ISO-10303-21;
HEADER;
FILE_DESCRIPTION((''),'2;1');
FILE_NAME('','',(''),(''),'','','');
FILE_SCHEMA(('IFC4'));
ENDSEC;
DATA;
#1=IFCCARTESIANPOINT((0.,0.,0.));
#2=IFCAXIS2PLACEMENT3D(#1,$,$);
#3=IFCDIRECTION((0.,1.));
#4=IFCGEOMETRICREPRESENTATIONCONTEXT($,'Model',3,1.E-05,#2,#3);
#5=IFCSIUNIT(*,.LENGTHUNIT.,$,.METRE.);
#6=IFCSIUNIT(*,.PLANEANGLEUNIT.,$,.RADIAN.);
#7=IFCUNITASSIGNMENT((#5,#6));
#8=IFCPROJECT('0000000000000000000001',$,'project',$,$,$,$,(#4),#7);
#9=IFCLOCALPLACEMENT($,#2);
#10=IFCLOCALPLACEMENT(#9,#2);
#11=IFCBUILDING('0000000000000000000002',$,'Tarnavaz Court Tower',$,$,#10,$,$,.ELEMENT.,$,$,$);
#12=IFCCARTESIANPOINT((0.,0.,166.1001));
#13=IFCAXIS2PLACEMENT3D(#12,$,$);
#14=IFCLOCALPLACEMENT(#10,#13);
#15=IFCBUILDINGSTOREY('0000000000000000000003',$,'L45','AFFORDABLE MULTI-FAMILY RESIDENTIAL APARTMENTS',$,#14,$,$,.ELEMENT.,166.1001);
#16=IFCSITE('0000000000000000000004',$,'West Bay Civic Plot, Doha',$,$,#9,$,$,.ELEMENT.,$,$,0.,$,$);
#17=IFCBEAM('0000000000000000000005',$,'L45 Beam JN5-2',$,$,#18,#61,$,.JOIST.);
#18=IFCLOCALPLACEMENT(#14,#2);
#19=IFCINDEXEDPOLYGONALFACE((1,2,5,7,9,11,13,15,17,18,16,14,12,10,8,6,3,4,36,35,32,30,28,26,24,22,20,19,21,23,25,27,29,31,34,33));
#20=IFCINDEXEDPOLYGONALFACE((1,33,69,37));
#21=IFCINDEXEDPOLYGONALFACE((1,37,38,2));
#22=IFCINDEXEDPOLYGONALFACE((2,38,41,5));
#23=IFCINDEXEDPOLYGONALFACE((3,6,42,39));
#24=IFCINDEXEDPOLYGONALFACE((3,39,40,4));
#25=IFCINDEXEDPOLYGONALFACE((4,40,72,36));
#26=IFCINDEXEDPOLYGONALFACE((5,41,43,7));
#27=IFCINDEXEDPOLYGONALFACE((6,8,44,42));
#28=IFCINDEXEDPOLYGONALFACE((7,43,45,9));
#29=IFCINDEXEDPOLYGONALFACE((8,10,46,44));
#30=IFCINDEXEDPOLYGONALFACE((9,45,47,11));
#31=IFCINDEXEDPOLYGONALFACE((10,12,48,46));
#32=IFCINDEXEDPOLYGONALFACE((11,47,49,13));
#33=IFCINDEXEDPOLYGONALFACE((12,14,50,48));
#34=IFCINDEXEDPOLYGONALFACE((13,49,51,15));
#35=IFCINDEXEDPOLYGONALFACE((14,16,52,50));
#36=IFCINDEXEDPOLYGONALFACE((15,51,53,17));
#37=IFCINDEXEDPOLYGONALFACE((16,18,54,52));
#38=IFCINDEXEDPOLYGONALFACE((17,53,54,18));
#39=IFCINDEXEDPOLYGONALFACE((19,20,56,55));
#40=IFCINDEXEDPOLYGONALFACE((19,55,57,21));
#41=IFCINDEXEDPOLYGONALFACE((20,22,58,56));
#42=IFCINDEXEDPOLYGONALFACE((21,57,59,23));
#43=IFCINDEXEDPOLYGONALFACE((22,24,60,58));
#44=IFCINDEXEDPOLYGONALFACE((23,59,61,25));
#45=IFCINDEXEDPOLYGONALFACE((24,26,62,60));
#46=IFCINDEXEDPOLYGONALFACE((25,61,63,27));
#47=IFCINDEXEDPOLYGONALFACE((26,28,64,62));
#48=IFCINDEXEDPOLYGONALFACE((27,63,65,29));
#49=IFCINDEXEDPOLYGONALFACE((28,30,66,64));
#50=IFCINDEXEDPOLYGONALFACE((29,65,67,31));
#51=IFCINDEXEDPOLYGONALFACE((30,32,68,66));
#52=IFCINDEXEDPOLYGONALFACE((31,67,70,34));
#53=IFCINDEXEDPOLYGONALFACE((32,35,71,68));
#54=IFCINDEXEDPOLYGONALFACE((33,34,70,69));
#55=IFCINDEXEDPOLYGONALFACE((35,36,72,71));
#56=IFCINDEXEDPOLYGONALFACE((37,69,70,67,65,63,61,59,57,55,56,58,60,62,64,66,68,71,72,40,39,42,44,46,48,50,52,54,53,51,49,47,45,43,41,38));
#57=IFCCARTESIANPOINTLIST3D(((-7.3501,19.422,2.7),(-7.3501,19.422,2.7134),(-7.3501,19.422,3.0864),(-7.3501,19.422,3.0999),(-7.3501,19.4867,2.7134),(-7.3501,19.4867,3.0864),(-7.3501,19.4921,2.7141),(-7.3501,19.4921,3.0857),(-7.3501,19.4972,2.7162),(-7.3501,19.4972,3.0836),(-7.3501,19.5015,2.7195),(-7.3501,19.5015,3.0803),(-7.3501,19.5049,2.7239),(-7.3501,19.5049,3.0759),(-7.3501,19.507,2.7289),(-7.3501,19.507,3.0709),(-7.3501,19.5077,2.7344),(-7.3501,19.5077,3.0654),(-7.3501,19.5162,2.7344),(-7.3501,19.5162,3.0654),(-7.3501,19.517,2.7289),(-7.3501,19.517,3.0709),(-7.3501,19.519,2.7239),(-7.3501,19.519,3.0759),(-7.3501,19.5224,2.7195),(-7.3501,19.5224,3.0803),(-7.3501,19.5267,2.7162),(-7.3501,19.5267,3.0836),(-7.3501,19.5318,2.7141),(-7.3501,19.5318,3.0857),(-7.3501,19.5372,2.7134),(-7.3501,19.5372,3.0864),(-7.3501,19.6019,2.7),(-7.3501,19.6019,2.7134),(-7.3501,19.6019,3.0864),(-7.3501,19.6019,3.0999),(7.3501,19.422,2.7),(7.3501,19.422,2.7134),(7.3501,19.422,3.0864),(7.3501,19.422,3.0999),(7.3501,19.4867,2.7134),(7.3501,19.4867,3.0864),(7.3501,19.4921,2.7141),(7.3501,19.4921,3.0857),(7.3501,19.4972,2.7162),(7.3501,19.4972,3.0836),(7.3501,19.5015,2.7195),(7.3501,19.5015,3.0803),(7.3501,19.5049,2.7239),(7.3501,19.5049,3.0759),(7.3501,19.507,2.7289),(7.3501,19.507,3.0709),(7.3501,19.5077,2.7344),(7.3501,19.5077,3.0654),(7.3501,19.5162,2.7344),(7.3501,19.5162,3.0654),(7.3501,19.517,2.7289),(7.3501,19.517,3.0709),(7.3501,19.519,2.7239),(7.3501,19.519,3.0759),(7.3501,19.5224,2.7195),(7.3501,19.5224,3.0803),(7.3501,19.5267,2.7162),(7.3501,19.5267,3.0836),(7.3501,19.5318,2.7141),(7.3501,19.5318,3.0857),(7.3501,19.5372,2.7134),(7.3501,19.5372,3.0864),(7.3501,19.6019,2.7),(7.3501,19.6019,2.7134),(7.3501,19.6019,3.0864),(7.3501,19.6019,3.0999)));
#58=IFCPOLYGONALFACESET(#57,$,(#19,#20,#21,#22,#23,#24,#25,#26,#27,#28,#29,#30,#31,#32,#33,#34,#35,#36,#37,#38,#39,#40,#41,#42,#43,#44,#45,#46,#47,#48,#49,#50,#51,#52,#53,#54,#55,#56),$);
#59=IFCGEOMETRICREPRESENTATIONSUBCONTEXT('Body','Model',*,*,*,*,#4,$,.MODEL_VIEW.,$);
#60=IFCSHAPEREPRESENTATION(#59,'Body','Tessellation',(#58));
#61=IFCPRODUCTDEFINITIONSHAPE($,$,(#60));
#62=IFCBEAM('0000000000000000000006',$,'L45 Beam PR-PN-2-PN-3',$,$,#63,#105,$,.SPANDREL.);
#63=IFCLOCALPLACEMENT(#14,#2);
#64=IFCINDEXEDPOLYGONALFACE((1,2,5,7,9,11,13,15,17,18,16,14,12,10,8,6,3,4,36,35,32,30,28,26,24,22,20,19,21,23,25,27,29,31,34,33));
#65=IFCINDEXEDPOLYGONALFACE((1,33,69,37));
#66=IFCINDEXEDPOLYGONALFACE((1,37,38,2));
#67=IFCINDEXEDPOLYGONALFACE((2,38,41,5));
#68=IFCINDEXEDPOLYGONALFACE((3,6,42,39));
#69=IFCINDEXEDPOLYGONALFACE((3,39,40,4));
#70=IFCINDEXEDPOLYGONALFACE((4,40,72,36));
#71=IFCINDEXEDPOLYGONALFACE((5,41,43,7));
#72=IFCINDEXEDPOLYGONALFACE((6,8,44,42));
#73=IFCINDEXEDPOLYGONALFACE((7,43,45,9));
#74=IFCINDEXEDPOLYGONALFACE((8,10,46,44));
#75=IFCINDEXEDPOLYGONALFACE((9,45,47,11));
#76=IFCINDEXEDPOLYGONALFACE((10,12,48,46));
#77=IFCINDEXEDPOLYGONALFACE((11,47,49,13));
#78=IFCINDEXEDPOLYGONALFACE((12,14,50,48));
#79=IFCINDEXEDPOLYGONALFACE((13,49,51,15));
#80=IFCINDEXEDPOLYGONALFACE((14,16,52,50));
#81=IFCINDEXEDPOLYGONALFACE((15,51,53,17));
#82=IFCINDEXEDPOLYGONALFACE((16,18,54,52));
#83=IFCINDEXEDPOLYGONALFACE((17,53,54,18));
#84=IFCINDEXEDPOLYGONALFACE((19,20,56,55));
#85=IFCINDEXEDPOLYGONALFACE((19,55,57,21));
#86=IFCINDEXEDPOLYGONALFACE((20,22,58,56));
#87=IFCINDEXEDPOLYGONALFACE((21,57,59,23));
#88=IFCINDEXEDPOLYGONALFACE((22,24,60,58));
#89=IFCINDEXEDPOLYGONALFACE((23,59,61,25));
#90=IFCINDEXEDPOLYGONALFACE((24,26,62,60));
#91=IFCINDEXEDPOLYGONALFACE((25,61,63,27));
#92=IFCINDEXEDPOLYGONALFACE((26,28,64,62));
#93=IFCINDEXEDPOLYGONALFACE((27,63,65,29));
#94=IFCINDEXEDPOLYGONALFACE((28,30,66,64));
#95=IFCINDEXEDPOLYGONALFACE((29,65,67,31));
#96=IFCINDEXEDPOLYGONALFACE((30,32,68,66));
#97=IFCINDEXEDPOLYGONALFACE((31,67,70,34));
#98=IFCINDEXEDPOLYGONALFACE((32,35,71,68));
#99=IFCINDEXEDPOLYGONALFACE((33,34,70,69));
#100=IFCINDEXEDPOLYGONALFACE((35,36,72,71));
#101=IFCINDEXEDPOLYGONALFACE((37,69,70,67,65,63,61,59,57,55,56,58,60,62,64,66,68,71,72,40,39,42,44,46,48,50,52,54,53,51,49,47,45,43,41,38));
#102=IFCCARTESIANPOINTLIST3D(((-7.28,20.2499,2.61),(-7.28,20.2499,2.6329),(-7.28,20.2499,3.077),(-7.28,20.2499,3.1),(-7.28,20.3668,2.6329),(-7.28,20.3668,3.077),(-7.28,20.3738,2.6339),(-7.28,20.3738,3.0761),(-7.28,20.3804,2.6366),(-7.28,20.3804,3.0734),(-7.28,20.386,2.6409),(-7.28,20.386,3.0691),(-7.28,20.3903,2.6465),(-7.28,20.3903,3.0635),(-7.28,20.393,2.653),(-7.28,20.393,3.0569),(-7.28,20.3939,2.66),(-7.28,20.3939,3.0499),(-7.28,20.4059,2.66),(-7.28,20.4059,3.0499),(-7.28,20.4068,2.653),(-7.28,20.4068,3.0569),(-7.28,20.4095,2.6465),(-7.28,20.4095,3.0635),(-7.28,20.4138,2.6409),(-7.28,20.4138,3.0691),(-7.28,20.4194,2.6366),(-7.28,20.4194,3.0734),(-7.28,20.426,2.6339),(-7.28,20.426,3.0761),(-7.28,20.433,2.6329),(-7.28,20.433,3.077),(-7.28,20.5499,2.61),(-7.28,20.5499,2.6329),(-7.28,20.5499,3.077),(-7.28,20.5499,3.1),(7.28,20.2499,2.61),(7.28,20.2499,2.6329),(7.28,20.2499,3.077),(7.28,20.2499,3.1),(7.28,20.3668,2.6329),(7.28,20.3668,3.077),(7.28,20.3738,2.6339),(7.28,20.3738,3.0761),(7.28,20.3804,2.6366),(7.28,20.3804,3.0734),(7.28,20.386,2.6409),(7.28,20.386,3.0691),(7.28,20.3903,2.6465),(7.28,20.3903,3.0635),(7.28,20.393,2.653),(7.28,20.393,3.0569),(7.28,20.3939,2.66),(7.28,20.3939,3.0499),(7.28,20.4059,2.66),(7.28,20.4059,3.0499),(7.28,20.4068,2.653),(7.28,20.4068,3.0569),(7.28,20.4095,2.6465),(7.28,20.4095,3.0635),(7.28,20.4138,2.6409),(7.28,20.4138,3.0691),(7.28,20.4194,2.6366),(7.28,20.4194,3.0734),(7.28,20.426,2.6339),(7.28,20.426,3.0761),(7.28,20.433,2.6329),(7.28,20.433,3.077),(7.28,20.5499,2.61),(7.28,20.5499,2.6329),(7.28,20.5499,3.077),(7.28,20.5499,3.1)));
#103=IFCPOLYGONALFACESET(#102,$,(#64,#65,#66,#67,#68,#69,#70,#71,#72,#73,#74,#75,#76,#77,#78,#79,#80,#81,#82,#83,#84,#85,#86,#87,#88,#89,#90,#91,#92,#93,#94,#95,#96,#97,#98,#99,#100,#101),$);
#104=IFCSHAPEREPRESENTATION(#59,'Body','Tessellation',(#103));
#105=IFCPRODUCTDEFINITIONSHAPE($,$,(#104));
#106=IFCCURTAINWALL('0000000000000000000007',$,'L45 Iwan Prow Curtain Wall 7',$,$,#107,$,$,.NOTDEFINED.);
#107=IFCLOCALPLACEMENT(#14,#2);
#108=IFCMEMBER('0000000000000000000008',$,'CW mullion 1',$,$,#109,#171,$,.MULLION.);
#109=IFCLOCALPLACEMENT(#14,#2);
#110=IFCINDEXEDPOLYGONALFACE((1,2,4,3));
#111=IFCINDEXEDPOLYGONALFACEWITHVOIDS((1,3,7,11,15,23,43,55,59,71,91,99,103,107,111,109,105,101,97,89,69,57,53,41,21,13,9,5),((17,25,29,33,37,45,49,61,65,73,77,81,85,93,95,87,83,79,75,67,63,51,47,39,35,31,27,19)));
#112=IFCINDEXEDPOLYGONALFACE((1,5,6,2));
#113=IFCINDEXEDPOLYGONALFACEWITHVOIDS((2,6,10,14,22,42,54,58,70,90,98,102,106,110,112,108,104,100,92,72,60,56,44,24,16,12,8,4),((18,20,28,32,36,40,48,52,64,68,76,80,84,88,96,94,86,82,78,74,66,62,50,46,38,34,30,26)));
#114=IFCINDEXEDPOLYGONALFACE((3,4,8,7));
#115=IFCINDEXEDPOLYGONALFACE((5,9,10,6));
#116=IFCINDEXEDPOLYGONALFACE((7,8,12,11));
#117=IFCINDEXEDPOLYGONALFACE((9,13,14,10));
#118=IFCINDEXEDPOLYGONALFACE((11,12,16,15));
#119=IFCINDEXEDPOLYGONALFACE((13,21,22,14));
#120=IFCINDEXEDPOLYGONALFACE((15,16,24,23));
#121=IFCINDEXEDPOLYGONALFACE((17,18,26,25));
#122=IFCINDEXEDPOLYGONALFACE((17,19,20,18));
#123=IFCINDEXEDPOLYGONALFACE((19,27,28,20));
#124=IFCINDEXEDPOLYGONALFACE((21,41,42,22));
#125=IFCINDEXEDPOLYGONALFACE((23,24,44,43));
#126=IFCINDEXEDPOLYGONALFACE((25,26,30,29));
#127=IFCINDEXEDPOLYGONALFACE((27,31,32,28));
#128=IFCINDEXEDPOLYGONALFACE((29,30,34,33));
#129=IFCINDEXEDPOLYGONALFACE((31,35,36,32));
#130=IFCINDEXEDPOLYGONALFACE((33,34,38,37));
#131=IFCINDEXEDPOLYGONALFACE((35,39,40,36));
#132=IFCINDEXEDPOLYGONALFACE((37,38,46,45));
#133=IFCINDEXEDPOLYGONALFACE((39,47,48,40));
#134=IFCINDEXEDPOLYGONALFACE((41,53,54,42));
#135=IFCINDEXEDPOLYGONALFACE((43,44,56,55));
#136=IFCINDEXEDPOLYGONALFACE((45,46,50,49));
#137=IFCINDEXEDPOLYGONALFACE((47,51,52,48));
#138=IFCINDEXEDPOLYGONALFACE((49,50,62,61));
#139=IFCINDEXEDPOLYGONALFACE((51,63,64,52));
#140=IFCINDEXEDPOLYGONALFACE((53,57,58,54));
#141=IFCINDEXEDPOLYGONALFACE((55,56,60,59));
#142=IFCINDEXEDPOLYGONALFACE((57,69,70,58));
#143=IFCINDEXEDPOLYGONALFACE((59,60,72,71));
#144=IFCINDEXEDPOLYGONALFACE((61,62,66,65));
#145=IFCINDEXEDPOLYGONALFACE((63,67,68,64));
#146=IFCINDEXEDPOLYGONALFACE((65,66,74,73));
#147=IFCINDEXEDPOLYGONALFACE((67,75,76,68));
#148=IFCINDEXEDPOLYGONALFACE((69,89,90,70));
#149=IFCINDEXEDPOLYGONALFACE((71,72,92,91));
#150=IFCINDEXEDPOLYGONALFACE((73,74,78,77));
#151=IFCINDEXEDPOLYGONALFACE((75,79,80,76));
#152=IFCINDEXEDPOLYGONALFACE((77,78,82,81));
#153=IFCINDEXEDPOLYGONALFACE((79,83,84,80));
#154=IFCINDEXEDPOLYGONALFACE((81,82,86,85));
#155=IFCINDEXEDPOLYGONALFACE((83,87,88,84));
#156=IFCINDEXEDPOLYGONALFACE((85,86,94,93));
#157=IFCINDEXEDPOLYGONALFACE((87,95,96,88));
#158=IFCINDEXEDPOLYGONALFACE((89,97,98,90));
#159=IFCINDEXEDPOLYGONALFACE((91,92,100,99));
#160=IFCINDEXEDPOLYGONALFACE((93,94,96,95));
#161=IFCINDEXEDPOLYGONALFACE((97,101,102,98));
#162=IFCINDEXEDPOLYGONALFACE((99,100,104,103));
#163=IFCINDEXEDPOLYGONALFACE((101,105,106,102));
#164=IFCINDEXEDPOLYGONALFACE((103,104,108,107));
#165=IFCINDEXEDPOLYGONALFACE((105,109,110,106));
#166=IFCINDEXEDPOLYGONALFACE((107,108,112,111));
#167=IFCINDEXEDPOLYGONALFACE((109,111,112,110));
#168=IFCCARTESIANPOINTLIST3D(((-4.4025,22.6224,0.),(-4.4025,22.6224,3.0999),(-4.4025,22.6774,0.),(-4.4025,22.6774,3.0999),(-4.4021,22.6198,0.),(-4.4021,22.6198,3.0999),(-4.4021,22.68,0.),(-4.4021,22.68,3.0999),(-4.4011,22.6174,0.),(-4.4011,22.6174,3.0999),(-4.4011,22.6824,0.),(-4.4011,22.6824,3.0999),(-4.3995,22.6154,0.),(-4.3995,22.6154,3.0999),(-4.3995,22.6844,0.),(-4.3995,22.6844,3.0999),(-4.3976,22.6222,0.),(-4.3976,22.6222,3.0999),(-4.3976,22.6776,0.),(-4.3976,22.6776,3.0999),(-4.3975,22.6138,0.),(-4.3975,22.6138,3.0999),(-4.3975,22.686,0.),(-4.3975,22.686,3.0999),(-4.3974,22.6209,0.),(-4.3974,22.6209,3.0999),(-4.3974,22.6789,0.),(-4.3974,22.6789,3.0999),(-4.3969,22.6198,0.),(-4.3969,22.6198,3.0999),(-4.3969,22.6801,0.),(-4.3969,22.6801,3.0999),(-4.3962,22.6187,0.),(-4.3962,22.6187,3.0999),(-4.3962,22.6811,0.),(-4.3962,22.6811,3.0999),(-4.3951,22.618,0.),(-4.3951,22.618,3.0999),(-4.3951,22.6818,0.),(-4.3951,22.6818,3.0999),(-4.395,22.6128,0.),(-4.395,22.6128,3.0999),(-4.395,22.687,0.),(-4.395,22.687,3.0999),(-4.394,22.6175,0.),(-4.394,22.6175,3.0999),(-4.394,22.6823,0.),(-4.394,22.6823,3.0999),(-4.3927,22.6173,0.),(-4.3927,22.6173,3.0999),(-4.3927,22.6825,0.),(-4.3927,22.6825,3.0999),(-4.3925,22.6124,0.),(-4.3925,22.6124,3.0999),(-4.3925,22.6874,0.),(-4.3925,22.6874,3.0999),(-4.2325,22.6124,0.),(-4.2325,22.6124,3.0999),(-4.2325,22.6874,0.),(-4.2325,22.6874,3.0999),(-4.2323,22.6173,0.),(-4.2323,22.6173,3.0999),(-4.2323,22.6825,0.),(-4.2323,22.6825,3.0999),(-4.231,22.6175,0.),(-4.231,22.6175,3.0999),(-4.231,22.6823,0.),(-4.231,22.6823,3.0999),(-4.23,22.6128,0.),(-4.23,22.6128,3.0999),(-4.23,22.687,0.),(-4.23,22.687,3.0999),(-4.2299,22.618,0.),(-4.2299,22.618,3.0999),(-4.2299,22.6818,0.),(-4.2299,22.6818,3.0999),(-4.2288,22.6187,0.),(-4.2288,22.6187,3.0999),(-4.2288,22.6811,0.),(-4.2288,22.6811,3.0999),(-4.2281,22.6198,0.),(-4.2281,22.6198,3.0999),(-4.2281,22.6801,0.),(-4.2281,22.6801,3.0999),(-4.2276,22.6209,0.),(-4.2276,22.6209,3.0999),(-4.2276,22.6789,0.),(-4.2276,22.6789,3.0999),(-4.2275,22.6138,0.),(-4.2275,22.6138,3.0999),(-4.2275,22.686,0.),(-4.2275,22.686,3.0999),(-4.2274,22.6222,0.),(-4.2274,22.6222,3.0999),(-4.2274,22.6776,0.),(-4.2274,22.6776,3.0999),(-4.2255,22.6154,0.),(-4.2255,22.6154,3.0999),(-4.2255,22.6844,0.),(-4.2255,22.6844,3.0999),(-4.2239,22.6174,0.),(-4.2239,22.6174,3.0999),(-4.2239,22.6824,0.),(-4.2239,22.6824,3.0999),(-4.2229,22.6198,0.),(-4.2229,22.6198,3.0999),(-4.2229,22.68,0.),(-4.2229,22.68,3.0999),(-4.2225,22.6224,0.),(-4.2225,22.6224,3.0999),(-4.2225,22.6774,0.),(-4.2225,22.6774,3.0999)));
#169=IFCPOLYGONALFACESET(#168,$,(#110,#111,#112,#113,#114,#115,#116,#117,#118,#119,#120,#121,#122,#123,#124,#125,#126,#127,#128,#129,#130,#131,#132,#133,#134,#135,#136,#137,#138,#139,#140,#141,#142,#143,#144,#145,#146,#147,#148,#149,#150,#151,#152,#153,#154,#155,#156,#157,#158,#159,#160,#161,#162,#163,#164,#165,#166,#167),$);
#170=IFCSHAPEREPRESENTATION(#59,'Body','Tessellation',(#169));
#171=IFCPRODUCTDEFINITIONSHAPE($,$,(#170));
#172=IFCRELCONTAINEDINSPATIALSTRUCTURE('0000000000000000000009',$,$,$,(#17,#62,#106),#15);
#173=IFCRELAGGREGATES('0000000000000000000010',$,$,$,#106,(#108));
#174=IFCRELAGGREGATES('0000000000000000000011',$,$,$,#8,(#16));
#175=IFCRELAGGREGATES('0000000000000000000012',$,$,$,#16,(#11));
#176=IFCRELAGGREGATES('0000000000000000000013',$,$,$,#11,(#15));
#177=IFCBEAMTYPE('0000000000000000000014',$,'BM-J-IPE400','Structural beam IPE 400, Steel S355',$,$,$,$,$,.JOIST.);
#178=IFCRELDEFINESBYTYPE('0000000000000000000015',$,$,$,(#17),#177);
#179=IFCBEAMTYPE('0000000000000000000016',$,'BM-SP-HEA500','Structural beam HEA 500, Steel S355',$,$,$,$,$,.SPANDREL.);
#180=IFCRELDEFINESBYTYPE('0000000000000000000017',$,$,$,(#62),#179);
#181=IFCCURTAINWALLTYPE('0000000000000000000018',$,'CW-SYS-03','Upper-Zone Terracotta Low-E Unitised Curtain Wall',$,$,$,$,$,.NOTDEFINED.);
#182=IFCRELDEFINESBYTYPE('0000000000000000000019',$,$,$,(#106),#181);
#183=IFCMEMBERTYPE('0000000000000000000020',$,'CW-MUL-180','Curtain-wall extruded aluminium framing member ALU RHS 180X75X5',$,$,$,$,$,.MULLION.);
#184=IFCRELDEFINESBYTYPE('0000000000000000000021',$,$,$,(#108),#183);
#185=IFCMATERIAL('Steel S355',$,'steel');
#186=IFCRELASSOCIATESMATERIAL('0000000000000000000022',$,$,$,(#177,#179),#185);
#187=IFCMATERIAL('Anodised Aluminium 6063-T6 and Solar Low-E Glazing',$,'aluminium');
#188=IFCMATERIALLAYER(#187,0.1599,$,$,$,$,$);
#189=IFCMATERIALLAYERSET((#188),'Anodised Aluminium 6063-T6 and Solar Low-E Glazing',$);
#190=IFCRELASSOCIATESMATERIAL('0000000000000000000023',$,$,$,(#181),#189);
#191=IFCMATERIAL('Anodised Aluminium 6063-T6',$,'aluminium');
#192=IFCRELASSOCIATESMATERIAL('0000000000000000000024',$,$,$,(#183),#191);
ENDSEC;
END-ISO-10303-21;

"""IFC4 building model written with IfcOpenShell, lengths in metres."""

from ifc_helpers import new_model, si_unit, direction, frame, origin, origin_2d, place, context, subcontext, project, spatial, hollow_rectangle, i_section, extrude, material, layer, layer_set, material_profile, profile_set, type_object, element, aggregate, save


model = new_model("IFC4")

# Units and contexts
model_context = context("Model", 3, precision=1e-05, world=origin(), true_north=direction((0.0, 1.0)))
body_context = subcontext(model_context, "Body", "Model", "MODEL_VIEW")
ifc_project = project(units=[si_unit("LENGTHUNIT", "METRE"), si_unit("PLANEANGLEUNIT", "RADIAN")], contexts=[model_context])

# Site, building, storey
site_placement = place(None, origin())
site = spatial("IfcSite", under=ifc_project, at=site_placement, Name="West Bay Civic Plot, Doha", CompositionType="ELEMENT", RefElevation=0.0)
building_placement = place(site_placement, origin())
building = spatial("IfcBuilding", under=site, at=building_placement, Name="Tarnavaz Court Tower", CompositionType="ELEMENT")
storey_placement = place(building_placement, frame((0.0, 0.0, 166.1001)))
storey = spatial("IfcBuildingStorey", under=building, at=storey_placement, Name="L45", Description="AFFORDABLE MULTI-FAMILY RESIDENTIAL APARTMENTS", CompositionType="ELEMENT", Elevation=166.1001)

# Beams
ifc_material_1 = material(Name="Steel S355", Category="steel")
ifc_material_profile_1 = material_profile(ifc_material_1, i_section(OverallWidth=0.1799, OverallDepth=0.3999, WebThickness=0.0085, FlangeThickness=0.0134, FilletRadius=0.021, at=origin_2d()), Name="IPE 400")
ifc_profile_set_1 = profile_set([ifc_material_profile_1], Name="Steel S355")
beam_type_1 = type_object("IfcBeamType", Name="BM-J-IPE400", Description="Structural beam IPE 400, Steel S355", PredefinedType="JOIST", material=ifc_profile_set_1)
for number, where, z_axis, x_axis, name in (
    (1, (-7.3501, 19.512, 2.8999), (1.0, 0.0, 0.0), (0.0, 1.0, 0.0), "L45 Beam JN5-2"),
):
    element("IfcBeam", number, at=place(storey_placement, frame(where, z_axis=z_axis, x_axis=x_axis)), inside=storey, type_object=beam_type_1, Name=name, PredefinedType="JOIST", context=body_context, shape_type="SweptSolid", body=[
        extrude(i_section(OverallWidth=0.1799, OverallDepth=0.3999, WebThickness=0.0085, FlangeThickness=0.0134, FilletRadius=0.021, at=origin_2d()), origin(), (0.0, 0.0, 1.0), 14.7002),
    ])
ifc_material_profile_2 = material_profile(ifc_material_1, i_section(OverallWidth=0.3, OverallDepth=0.49, WebThickness=0.012, FlangeThickness=0.0229, FilletRadius=0.0271, at=origin_2d()), Name="HEA 500")
ifc_profile_set_2 = profile_set([ifc_material_profile_2], Name="Steel S355")
beam_type_2 = type_object("IfcBeamType", Name="BM-SP-HEA500", Description="Structural beam HEA 500, Steel S355", PredefinedType="SPANDREL", material=ifc_profile_set_2)
beam_placement = place(storey_placement, frame((-7.28, 20.3999, 2.855), z_axis=(1.0, 0.0, 0.0), x_axis=(0.0, 1.0, 0.0)))
element("IfcBeam", 2, at=beam_placement, inside=storey, type_object=beam_type_2, Name="L45 Beam PR-PN-2-PN-3", PredefinedType="SPANDREL", context=body_context, shape_type="SweptSolid", body=[
    extrude(i_section(OverallWidth=0.3, OverallDepth=0.49, WebThickness=0.012, FlangeThickness=0.0229, FilletRadius=0.0271, at=origin_2d()), origin(), (0.0, 0.0, 1.0), 14.5601),
])

# Curtain wall, member
ifc_material_2 = material(Name="Anodised Aluminium 6063-T6 and Solar Low-E Glazing", Category="aluminium")
ifc_layer_1 = layer(ifc_material_2, 0.1599)
ifc_layer_set_1 = layer_set([ifc_layer_1], Name="Anodised Aluminium 6063-T6 and Solar Low-E Glazing")
curtain_wall_type = type_object("IfcCurtainWallType", Name="CW-SYS-03", Description="Upper-Zone Terracotta Low-E Unitised Curtain Wall", PredefinedType="NOTDEFINED", material=ifc_layer_set_1)
curtain_wall_placement = place(storey_placement, origin())
curtain_wall = element("IfcCurtainWall", 3, at=curtain_wall_placement, inside=storey, type_object=curtain_wall_type, Name="L45 Iwan Prow Curtain Wall 7", PredefinedType="NOTDEFINED")
ifc_material_3 = material(Name="Anodised Aluminium 6063-T6", Category="aluminium")
ifc_material_profile_3 = material_profile(ifc_material_3, hollow_rectangle(XDim=0.075, YDim=0.1799, WallThickness=0.0049, InnerFilletRadius=0.0049, OuterFilletRadius=0.01, at=origin_2d()), Name="ALU RHS 180X75X5")
ifc_profile_set_3 = profile_set([ifc_material_profile_3], Name="Anodised Aluminium 6063-T6")
member_type_1 = type_object("IfcMemberType", Name="CW-MUL-180", Description="Curtain-wall extruded aluminium framing member ALU RHS 180X75X5", PredefinedType="MULLION", material=ifc_profile_set_3)
member_1_placement = place(storey_placement, frame((-4.3125, 22.6499, 0.0), z_axis=(0.0, 0.0, 1.0), x_axis=(0.0, 1.0, 0.0)))
member_1 = element("IfcMember", 4, at=member_1_placement, type_object=member_type_1, Name="CW mullion 1", PredefinedType="MULLION", context=body_context, shape_type="SweptSolid", body=[
    extrude(hollow_rectangle(XDim=0.075, YDim=0.1799, WallThickness=0.0049, InnerFilletRadius=0.0049, OuterFilletRadius=0.01, at=origin_2d()), origin(), (0.0, 0.0, 1.0), 3.0999),
])
aggregate(curtain_wall, [member_1])

save(model, "model.ifc")
